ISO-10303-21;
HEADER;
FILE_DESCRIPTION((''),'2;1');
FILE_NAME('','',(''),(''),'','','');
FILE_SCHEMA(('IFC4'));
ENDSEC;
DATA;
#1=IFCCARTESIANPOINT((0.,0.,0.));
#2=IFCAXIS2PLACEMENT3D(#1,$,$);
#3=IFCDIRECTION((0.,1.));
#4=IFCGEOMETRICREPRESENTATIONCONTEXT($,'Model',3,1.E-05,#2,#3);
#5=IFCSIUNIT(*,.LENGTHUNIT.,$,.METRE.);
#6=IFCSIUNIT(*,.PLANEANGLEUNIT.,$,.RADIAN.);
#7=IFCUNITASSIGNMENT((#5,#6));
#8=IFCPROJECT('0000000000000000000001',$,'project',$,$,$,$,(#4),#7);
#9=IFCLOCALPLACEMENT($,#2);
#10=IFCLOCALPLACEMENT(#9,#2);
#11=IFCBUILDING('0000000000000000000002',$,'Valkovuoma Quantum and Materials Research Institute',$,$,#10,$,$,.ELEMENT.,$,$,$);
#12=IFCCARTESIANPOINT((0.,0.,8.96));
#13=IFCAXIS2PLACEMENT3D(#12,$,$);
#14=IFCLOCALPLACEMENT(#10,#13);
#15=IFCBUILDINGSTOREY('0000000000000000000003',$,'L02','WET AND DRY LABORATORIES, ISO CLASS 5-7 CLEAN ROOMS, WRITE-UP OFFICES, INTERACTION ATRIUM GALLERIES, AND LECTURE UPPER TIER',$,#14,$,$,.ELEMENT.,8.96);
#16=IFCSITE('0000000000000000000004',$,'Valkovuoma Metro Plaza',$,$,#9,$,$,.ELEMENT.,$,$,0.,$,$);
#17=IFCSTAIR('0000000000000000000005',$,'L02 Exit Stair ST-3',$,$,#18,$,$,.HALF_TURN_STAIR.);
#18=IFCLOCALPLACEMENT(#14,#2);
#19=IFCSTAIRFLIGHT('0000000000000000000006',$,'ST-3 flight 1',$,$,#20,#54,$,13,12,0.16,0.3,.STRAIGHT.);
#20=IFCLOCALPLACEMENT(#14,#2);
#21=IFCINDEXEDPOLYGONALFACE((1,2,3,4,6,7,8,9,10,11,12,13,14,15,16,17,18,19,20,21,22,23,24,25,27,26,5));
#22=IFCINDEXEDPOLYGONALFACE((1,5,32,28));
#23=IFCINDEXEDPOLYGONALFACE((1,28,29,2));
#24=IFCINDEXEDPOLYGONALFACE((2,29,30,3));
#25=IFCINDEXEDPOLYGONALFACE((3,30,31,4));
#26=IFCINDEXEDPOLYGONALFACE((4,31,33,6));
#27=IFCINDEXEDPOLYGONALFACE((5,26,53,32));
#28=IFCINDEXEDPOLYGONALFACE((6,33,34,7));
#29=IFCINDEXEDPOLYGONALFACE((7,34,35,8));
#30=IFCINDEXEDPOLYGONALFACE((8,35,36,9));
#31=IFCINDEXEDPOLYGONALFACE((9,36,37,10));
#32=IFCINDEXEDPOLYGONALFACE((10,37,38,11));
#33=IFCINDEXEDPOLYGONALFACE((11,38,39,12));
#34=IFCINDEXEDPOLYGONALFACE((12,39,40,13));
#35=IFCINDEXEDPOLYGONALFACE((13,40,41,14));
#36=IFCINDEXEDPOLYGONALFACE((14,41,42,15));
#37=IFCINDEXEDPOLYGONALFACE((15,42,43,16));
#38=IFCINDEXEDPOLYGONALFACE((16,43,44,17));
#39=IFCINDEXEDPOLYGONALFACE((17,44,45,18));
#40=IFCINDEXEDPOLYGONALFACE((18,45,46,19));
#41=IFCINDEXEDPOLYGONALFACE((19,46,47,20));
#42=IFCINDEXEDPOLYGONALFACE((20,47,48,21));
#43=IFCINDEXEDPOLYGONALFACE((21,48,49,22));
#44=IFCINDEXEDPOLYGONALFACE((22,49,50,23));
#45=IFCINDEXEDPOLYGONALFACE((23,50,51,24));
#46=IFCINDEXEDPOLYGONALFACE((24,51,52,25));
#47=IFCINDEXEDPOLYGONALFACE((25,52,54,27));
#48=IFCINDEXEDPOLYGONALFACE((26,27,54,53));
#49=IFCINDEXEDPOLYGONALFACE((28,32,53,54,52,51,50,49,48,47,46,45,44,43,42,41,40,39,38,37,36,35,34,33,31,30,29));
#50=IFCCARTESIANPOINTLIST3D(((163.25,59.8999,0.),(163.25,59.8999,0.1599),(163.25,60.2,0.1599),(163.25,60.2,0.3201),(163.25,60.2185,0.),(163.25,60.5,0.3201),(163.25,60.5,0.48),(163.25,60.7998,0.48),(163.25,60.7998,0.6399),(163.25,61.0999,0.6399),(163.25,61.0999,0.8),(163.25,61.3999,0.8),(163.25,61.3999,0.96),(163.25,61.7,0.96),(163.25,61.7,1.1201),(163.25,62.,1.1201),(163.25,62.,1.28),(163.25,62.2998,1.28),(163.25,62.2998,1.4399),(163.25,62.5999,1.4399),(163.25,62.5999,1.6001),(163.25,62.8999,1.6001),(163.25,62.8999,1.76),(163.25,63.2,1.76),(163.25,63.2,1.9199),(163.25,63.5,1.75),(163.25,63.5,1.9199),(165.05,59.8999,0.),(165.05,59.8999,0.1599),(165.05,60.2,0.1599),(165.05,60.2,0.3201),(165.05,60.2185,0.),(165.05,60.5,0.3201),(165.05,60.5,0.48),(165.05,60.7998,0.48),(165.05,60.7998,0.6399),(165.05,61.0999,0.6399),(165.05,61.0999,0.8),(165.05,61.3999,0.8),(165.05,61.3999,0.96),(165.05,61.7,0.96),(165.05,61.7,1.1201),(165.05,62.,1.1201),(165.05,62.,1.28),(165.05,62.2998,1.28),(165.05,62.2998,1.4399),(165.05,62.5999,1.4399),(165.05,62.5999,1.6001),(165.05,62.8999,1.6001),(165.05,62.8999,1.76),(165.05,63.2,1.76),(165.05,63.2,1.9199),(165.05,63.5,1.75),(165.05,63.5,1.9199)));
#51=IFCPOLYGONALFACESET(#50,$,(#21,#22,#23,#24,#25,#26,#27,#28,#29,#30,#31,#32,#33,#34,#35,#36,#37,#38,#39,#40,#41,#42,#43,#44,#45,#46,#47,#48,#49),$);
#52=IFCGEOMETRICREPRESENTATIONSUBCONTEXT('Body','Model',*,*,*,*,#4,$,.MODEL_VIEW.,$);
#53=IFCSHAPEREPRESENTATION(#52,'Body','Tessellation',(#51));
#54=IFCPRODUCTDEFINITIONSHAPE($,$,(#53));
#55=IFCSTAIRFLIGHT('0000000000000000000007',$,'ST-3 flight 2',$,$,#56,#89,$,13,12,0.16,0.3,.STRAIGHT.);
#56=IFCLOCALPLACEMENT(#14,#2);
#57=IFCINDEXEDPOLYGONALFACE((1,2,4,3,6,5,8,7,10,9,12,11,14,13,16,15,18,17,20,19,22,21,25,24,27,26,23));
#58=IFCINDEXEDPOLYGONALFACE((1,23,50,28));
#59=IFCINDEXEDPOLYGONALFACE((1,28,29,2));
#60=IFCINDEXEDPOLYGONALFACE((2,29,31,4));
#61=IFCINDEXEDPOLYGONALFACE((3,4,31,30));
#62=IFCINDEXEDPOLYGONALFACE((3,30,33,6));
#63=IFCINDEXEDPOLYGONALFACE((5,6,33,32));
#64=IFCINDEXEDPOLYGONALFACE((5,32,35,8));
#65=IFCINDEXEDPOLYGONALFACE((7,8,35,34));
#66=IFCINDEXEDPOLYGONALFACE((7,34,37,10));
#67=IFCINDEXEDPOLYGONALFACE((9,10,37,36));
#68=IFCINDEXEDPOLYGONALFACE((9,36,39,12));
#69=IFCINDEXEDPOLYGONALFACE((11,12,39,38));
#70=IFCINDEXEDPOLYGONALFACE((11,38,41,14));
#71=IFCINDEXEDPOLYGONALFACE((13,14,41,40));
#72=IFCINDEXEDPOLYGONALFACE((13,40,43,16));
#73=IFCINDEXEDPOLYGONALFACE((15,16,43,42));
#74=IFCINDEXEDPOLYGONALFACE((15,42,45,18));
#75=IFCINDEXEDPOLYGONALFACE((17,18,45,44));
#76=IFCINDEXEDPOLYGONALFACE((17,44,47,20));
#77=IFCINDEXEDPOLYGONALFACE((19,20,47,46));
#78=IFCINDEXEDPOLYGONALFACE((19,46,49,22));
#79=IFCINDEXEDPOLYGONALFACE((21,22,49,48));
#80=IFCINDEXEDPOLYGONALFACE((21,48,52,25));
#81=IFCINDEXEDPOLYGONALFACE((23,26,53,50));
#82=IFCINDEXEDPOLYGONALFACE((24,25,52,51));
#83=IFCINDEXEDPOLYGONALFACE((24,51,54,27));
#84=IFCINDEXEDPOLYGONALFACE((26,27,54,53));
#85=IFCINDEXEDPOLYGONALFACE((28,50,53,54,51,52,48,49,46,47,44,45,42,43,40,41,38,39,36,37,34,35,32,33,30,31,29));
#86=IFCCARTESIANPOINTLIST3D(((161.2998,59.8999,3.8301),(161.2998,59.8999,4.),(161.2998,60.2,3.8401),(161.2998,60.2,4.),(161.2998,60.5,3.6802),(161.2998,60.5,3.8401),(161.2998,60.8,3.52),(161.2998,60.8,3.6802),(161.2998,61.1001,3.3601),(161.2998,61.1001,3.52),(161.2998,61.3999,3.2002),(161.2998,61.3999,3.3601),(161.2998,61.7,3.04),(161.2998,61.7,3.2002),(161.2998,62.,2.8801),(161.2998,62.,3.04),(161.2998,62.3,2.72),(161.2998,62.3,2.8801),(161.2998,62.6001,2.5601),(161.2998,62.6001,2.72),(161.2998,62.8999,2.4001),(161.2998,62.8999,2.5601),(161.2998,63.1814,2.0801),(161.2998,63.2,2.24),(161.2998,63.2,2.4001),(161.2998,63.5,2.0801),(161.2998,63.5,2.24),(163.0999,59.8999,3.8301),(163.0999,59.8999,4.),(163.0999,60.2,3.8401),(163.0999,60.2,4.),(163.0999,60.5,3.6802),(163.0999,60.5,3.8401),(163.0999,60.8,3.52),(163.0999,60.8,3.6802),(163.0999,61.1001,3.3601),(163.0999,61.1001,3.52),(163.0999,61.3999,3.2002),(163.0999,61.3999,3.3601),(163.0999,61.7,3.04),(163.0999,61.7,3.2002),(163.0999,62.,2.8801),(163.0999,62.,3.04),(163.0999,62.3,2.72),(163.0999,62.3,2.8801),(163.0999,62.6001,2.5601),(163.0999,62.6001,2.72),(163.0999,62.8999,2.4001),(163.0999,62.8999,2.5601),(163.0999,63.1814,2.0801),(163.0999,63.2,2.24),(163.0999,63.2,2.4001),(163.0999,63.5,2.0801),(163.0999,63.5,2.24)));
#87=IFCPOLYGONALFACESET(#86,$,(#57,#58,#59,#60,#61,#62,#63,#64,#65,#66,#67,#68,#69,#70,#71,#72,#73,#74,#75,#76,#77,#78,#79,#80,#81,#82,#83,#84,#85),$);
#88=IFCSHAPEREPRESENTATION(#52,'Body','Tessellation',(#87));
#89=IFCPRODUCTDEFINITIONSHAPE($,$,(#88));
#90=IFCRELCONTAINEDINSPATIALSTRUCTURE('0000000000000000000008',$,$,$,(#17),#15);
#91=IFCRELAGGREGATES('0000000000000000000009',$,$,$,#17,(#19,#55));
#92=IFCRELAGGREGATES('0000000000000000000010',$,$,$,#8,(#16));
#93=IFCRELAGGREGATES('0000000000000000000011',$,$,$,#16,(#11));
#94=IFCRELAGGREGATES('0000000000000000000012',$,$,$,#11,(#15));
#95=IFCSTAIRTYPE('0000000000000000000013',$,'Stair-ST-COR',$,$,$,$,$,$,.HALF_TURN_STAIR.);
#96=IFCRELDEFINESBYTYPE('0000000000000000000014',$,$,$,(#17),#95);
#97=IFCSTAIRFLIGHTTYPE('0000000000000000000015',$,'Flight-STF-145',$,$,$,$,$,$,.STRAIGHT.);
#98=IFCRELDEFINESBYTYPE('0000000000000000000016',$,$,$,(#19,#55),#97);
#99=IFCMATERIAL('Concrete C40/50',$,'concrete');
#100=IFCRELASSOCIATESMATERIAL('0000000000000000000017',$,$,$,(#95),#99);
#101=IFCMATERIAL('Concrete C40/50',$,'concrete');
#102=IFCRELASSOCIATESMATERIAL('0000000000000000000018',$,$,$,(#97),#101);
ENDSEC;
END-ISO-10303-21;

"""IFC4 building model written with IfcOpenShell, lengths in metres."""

from ifc_helpers import new_model, si_unit, direction, frame, origin, place, context, subcontext, project, spatial, polyline, outline, extrude, material, type_object, element, aggregate, save


model = new_model("IFC4")

# Units and contexts
model_context = context("Model", 3, precision=1e-05, world=origin(), true_north=direction((0.0, 1.0)))
body_context = subcontext(model_context, "Body", "Model", "MODEL_VIEW")
ifc_project = project(units=[si_unit("LENGTHUNIT", "METRE"), si_unit("PLANEANGLEUNIT", "RADIAN")], contexts=[model_context])

# Site, building, storey
site_placement = place(None, origin())
site = spatial("IfcSite", under=ifc_project, at=site_placement, Name="Valkovuoma Metro Plaza", CompositionType="ELEMENT", RefElevation=0.0)
building_placement = place(site_placement, origin())
building = spatial("IfcBuilding", under=site, at=building_placement, Name="Valkovuoma Quantum and Materials Research Institute", CompositionType="ELEMENT")
storey_placement = place(building_placement, frame((0.0, 0.0, 8.96)))
storey = spatial("IfcBuildingStorey", under=building, at=storey_placement, Name="L02", Description="WET AND DRY LABORATORIES, ISO CLASS 5-7 CLEAN ROOMS, WRITE-UP OFFICES, INTERACTION ATRIUM GALLERIES, AND LECTURE UPPER TIER", CompositionType="ELEMENT", Elevation=8.96)

# Stair, stair flights
ifc_material_1 = material(Name="Concrete C40/50", Category="concrete")
stair_type = type_object("IfcStairType", Name="Stair-ST-COR", PredefinedType="HALF_TURN_STAIR", material=ifc_material_1)
stair_placement = place(storey_placement, origin())
stair = element("IfcStair", 1, at=stair_placement, inside=storey, type_object=stair_type, Name="L02 Exit Stair ST-3", PredefinedType="HALF_TURN_STAIR")
ifc_material_2 = material(Name="Concrete C40/50", Category="concrete")
stair_flight_type = type_object("IfcStairFlightType", Name="Flight-STF-145", PredefinedType="STRAIGHT", material=ifc_material_2)
stair_flight_1_placement = place(storey_placement, frame((164.1499, 59.8999, 0.0), z_axis=(0.0, 0.0, 1.0), x_axis=(0.0, 1.0, 0.0)))
stair_flight_1 = element("IfcStairFlight", 2, at=stair_flight_1_placement, type_object=stair_flight_type, Name="ST-3 flight 1", NumberOfRisers=13, NumberOfTreads=12, PredefinedType="STRAIGHT", RiserHeight=0.16, TreadLength=0.3, context=body_context, shape_type="SweptSolid", body=[
    extrude(outline(polyline([(0.0, 0.0), (0.0, 0.1599), (0.3, 0.1599), (0.3, 0.3201), (0.6001, 0.3201), (0.6001, 0.48), (0.8999, 0.48), (0.8999, 0.6399), (1.2, 0.6399), (1.2, 0.8), (1.5, 0.8), (1.5, 0.96), (1.8, 0.96), (1.8, 1.1201), (2.1001, 1.1201), (2.1001, 1.28), (2.3999, 1.28), (2.3999, 1.4399), (2.7, 1.4399), (2.7, 1.6001), (3.0, 1.6001), (3.0, 1.76), (3.3, 1.76), (3.3, 1.9199), (3.6001, 1.9199), (3.6001, 2.0801), (3.6001, 1.75), (0.3186, 0.0), (0.0, 0.0)])), frame((0.0, 0.8999, 0.0), z_axis=(0.0, -1.0, 0.0), x_axis=(1.0, 0.0, 0.0)), (0.0, 0.0, 1.0), 1.8),
])
stair_flight_2_placement = place(storey_placement, frame((162.2, 63.5, 2.0801), z_axis=(0.0, 0.0, 1.0), x_axis=(0.0, -1.0, 0.0)))
stair_flight_2 = element("IfcStairFlight", 3, at=stair_flight_2_placement, type_object=stair_flight_type, Name="ST-3 flight 2", NumberOfRisers=13, NumberOfTreads=12, PredefinedType="STRAIGHT", RiserHeight=0.16, TreadLength=0.3, context=body_context, shape_type="SweptSolid", body=[
    extrude(outline(polyline([(0.0, 0.0), (0.0, 0.1599), (0.3, 0.1599), (0.3, 0.3201), (0.6001, 0.3201), (0.6001, 0.48), (0.8999, 0.48), (0.8999, 0.6399), (1.2, 0.6399), (1.2, 0.8), (1.5, 0.8), (1.5, 0.96), (1.8, 0.96), (1.8, 1.1201), (2.1001, 1.1201), (2.1001, 1.28), (2.3999, 1.28), (2.3999, 1.4399), (2.7, 1.4399), (2.7, 1.6001), (3.0, 1.6001), (3.0, 1.76), (3.3, 1.76), (3.3, 1.9199), (3.6001, 1.9199), (3.6001, 2.0801), (3.6001, 1.75), (0.3186, 0.0), (0.0, 0.0)])), frame((0.0, 0.8999, 0.0), z_axis=(0.0, -1.0, 0.0), x_axis=(1.0, 0.0, 0.0)), (0.0, 0.0, 1.0), 1.8),
])
aggregate(stair, [stair_flight_1, stair_flight_2])

save(model, "model.ifc")
